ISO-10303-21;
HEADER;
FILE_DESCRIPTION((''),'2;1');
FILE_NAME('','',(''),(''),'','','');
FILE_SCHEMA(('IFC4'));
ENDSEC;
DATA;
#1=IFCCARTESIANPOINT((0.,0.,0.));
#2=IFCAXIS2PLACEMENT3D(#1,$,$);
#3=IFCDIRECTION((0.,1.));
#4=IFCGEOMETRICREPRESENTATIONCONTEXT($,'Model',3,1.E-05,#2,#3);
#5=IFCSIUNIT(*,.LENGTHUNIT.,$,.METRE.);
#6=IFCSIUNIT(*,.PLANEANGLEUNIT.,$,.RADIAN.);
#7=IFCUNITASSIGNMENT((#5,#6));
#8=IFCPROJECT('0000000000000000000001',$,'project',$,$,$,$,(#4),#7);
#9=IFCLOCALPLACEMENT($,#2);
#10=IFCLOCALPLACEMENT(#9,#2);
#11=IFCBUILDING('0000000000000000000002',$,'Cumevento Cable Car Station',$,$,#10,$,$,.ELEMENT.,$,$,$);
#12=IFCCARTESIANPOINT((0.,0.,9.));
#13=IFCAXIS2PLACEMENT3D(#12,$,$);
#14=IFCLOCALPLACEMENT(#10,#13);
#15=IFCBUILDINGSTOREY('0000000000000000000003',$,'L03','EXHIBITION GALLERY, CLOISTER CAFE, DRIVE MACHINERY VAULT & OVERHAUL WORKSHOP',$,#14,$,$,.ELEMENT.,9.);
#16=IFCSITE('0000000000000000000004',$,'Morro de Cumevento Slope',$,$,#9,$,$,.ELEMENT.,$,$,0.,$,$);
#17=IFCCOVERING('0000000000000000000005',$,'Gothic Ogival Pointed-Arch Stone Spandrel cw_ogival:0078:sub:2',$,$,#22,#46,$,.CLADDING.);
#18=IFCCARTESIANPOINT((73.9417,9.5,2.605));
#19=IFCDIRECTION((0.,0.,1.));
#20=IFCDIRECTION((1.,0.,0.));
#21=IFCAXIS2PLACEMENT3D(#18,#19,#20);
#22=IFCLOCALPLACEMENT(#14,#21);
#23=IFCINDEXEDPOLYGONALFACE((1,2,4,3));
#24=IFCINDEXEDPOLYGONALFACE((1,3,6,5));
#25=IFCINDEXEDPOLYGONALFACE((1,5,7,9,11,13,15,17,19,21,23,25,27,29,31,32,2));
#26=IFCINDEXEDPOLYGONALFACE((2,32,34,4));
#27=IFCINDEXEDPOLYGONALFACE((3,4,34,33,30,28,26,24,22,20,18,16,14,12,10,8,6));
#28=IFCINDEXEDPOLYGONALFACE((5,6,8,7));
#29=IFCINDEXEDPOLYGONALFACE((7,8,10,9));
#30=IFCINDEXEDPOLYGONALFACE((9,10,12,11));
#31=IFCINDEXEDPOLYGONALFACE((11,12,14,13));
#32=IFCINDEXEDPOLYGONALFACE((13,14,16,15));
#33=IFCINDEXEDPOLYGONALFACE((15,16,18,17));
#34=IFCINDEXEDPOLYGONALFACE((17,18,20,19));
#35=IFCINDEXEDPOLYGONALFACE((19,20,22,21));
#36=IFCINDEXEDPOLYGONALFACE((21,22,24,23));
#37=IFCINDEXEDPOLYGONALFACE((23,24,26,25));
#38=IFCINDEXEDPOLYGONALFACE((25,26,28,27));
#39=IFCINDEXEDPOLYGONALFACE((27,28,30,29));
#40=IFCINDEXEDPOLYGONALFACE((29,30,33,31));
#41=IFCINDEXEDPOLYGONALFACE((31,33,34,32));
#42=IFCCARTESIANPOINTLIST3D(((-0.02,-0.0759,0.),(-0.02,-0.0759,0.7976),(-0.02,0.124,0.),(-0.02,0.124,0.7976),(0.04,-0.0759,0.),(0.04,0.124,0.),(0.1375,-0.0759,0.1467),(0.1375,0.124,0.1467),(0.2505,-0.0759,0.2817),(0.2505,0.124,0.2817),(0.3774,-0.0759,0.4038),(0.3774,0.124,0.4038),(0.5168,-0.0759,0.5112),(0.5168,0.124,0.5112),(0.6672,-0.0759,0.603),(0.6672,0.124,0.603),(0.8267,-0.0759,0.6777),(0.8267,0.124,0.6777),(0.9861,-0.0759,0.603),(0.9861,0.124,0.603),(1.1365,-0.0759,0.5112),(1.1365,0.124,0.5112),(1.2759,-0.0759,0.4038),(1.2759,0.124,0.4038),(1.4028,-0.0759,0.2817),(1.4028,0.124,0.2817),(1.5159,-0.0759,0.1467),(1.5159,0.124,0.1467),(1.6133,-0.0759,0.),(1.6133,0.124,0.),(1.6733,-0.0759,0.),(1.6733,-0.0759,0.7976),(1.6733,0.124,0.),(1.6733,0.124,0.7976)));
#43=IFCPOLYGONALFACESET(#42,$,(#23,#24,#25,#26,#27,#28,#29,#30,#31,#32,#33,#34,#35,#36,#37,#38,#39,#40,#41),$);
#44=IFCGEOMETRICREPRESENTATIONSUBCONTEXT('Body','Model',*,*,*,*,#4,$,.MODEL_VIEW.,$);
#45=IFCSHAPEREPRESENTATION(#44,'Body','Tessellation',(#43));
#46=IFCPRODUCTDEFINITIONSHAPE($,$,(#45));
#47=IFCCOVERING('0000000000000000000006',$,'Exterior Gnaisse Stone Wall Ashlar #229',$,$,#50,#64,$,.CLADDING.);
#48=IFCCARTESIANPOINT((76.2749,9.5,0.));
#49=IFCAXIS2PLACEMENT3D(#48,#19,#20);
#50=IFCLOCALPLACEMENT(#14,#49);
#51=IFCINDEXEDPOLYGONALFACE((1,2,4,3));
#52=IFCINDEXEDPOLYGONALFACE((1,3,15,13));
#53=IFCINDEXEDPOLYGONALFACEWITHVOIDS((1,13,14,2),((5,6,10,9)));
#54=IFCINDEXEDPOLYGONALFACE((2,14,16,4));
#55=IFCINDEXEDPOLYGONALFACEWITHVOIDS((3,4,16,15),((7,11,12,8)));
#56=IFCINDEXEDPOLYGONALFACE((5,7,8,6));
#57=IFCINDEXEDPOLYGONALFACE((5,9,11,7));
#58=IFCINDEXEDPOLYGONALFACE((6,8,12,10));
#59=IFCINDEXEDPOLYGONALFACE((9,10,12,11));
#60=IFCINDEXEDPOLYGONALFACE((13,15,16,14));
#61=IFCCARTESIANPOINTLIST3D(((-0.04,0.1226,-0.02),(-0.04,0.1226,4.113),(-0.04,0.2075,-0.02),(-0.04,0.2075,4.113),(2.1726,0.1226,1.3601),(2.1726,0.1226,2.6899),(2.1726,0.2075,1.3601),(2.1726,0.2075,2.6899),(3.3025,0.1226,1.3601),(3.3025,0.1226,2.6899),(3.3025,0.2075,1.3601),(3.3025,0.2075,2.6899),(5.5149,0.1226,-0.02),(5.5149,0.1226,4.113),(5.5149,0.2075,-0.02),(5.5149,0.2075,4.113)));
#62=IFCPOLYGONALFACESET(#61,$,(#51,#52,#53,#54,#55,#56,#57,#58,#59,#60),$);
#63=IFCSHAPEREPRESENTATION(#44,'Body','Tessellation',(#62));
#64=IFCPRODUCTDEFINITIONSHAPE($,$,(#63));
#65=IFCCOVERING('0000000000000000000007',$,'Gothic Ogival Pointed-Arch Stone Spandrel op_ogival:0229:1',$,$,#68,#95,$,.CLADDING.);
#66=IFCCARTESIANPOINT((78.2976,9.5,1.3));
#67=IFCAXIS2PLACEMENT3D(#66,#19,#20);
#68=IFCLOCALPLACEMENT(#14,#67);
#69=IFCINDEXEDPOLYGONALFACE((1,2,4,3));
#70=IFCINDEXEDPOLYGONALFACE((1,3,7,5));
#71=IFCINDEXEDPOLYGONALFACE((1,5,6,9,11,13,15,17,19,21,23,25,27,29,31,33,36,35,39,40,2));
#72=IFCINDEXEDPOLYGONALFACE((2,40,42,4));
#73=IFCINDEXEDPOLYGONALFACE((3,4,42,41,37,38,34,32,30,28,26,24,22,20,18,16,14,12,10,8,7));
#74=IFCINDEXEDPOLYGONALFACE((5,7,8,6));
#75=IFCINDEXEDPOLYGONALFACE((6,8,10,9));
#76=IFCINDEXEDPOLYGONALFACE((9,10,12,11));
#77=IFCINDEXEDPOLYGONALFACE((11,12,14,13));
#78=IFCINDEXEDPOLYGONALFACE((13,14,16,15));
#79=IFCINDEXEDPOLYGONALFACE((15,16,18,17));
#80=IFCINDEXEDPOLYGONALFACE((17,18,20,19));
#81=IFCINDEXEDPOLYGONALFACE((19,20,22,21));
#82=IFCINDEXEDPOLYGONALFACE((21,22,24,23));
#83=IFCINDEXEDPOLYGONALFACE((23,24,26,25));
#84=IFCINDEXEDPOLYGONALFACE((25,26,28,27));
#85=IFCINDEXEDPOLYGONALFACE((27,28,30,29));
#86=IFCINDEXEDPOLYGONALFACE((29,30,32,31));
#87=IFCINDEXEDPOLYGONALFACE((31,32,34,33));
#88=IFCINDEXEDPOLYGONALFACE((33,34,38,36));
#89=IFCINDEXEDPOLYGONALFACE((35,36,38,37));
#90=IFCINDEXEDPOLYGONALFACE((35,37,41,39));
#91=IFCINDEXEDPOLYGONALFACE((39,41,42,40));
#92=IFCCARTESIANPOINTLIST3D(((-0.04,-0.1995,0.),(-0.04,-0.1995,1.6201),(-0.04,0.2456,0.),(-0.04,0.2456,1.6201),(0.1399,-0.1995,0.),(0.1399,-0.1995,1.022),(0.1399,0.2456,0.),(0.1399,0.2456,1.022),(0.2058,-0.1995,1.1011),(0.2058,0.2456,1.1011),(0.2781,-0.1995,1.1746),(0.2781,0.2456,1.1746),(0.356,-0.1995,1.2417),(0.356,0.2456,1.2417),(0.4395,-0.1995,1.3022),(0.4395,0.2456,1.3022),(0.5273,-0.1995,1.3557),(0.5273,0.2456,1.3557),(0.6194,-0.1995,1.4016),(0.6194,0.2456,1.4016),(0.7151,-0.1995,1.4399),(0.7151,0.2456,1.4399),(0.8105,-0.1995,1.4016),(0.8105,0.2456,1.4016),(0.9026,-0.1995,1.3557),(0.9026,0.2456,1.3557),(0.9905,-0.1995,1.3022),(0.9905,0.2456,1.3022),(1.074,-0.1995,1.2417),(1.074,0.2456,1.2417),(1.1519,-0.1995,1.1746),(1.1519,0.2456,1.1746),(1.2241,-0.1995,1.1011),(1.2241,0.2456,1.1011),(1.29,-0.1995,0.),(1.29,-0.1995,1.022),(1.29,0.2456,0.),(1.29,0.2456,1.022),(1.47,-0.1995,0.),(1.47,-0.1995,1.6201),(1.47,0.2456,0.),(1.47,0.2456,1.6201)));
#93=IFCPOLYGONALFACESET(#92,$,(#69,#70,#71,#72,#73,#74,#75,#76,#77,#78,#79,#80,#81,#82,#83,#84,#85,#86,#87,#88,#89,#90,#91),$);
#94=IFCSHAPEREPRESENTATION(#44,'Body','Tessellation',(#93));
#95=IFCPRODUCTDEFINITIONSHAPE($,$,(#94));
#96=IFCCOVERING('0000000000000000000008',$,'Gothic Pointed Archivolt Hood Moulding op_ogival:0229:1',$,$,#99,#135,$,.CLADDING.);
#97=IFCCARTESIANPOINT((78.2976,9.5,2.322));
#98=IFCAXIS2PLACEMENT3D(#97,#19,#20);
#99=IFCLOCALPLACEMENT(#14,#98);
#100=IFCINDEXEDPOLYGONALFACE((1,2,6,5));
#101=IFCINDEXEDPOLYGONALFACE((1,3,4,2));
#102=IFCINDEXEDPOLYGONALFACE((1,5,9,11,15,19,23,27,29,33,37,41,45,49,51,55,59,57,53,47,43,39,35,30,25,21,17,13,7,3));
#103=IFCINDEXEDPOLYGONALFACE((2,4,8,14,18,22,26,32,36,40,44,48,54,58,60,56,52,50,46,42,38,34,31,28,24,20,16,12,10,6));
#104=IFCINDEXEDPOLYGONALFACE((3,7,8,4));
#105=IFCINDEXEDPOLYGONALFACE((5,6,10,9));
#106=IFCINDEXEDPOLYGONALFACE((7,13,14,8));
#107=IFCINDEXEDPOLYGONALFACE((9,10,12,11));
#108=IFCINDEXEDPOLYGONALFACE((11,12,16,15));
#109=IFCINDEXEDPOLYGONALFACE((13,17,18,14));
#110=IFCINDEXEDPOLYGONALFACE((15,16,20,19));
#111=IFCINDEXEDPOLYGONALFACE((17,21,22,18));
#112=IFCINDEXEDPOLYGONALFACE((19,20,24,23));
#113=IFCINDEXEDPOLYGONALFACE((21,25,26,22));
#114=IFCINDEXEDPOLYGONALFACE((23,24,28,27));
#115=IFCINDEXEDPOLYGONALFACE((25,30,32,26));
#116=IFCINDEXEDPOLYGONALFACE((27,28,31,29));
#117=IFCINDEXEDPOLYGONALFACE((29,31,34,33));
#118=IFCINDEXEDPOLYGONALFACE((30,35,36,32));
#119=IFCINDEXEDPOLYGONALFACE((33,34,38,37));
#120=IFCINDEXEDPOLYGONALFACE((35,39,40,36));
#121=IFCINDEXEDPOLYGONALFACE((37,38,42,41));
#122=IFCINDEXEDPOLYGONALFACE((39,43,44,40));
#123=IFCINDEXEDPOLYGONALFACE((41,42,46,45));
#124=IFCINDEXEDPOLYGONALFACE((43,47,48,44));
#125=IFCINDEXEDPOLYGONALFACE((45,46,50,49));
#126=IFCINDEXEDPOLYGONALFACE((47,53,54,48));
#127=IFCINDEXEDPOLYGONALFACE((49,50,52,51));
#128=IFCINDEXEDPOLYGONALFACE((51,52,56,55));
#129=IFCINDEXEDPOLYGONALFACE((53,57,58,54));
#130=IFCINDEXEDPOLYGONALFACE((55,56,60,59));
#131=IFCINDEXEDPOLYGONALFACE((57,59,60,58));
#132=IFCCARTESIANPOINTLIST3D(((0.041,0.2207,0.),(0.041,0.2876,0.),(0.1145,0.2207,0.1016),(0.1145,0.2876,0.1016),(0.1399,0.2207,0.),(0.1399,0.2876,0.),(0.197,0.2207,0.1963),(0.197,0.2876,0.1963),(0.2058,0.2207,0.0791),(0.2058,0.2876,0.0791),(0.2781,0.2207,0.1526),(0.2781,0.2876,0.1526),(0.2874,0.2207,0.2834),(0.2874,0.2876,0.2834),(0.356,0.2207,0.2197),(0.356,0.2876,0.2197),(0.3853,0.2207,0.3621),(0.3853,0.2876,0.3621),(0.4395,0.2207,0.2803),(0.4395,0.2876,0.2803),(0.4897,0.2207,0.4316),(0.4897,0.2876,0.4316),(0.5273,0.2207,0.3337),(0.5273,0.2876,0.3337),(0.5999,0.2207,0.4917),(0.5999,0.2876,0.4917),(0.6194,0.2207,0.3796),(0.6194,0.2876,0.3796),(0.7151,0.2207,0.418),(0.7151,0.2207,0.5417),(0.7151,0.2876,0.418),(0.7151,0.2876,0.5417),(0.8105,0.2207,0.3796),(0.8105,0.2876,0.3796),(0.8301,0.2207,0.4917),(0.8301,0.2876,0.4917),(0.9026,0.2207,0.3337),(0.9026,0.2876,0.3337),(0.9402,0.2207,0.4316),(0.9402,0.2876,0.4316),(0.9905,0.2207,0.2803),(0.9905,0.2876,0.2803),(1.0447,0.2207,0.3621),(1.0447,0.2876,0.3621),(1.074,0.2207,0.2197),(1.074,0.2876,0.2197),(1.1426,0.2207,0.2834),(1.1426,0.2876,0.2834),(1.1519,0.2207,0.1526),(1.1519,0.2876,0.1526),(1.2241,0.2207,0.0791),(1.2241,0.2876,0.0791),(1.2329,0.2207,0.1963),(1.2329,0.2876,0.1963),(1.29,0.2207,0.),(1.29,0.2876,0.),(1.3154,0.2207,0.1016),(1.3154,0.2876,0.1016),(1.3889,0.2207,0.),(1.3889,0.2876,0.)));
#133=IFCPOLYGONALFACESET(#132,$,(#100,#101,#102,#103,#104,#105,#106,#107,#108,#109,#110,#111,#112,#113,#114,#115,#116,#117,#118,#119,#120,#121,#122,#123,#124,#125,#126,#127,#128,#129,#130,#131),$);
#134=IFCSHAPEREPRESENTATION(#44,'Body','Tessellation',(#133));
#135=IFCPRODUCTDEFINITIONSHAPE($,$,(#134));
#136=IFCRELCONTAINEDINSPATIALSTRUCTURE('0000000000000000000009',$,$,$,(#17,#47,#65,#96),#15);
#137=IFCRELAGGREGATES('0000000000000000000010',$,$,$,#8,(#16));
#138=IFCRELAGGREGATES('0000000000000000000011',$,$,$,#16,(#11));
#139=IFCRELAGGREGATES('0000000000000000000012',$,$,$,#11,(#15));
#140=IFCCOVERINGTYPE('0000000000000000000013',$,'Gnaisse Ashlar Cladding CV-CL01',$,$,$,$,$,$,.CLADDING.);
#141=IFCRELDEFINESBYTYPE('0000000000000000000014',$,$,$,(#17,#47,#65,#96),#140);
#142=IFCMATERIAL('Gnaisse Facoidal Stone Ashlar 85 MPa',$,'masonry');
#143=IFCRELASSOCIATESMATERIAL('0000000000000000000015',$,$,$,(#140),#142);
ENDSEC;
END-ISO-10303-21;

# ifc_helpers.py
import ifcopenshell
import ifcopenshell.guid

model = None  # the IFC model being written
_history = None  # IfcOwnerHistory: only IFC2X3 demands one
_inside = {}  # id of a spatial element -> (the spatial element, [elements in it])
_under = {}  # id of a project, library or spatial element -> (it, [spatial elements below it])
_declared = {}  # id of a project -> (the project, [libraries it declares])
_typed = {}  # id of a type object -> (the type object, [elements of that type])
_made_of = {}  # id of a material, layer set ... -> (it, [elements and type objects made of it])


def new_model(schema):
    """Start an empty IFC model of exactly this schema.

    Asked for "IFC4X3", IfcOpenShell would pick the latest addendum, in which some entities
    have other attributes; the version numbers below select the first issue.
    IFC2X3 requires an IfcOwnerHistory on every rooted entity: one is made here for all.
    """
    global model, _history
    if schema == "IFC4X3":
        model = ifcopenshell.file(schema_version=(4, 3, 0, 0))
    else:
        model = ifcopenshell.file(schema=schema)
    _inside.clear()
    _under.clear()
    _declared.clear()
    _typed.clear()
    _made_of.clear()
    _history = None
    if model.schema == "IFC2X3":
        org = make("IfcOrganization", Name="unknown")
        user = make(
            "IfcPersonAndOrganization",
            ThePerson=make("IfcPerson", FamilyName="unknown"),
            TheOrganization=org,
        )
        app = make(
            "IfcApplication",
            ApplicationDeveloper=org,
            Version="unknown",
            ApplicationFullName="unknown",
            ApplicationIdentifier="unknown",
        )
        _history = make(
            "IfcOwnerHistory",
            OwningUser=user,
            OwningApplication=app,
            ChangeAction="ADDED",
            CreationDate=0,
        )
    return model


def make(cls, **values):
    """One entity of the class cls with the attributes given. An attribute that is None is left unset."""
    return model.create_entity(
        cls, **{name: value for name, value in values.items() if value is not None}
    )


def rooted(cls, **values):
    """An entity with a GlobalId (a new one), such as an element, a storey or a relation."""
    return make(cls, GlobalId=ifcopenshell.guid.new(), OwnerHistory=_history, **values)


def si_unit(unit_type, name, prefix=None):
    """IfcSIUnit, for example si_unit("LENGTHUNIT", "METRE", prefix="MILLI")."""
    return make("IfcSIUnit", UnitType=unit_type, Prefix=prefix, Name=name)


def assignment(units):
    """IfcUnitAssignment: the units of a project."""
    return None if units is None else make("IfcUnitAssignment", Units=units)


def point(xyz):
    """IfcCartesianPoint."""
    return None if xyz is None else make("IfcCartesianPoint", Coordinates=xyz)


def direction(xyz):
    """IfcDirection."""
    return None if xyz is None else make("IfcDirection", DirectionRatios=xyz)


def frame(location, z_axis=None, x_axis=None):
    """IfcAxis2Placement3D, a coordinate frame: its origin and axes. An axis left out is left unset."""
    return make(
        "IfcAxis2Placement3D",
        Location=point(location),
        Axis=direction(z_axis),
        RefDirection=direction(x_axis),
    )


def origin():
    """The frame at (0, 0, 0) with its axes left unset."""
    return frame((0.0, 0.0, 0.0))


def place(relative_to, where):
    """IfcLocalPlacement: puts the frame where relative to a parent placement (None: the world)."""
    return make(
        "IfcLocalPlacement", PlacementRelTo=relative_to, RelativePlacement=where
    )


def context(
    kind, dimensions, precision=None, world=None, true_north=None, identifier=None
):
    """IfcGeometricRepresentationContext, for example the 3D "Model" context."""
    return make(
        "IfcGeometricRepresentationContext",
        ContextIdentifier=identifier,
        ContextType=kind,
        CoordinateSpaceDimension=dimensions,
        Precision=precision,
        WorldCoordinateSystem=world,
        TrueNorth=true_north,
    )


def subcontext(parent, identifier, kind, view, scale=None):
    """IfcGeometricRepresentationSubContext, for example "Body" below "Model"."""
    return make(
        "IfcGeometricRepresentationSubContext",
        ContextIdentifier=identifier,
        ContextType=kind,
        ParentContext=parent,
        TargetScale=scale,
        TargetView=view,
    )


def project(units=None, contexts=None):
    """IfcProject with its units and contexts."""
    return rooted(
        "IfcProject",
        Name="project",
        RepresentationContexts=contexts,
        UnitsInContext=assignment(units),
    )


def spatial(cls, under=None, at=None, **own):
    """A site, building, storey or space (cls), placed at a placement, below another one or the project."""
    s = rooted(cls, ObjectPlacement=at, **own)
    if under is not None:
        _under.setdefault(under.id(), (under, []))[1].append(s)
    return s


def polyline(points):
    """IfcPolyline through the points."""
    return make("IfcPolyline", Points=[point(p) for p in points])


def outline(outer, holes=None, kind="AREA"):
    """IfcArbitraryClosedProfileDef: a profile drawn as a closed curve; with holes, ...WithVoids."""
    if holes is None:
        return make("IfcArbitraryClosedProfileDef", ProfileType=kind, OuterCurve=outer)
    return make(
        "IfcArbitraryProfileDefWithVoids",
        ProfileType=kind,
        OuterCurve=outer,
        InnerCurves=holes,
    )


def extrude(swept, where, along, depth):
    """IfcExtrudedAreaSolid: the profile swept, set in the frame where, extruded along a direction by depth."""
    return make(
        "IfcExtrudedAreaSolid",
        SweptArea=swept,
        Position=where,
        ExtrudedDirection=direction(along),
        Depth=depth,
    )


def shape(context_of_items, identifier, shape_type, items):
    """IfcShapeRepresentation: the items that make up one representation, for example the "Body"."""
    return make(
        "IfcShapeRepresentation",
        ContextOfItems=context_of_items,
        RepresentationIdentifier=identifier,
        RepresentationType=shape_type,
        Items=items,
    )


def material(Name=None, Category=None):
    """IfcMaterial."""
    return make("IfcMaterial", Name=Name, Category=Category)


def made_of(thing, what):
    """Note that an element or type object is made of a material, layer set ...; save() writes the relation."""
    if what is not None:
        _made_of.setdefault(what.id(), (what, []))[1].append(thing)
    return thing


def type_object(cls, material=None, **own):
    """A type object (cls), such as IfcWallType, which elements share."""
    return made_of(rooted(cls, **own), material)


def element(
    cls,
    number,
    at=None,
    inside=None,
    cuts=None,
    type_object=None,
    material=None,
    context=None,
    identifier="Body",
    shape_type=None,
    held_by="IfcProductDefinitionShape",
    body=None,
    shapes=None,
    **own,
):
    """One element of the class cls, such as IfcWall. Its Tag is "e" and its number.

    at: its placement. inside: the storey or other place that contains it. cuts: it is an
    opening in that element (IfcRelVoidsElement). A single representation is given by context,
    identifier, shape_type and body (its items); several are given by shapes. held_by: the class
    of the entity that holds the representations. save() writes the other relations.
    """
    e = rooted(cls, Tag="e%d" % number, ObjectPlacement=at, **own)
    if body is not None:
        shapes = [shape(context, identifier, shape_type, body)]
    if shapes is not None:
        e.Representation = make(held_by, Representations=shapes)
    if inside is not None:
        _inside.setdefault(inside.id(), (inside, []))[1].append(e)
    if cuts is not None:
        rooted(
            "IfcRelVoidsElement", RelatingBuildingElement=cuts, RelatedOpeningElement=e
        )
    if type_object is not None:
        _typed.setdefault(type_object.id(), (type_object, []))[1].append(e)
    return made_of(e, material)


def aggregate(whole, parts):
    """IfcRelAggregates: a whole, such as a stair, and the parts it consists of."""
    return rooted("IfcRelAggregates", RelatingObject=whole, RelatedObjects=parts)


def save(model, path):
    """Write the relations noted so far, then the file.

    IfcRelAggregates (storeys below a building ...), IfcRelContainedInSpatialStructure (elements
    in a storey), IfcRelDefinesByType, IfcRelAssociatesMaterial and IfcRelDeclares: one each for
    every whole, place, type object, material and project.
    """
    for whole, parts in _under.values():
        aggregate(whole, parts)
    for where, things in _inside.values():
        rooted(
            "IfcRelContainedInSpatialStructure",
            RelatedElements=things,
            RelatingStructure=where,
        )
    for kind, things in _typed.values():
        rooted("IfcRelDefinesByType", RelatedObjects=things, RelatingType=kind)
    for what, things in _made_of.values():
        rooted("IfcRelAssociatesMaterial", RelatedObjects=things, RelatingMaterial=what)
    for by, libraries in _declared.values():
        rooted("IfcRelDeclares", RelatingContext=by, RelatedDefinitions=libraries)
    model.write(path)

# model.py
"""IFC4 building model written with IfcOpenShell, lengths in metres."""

from ifc_helpers import new_model, si_unit, direction, frame, origin, place, context, subcontext, project, spatial, polyline, outline, extrude, material, type_object, element, save


model = new_model("IFC4")

# Units and contexts
model_context = context("Model", 3, precision=1e-05, world=origin(), true_north=direction((0.0, 1.0)))
body_context = subcontext(model_context, "Body", "Model", "MODEL_VIEW")
ifc_project = project(units=[si_unit("LENGTHUNIT", "METRE"), si_unit("PLANEANGLEUNIT", "RADIAN")], contexts=[model_context])

# Site, building, storey
site_placement = place(None, origin())
site = spatial("IfcSite", under=ifc_project, at=site_placement, Name="Morro de Cumevento Slope", CompositionType="ELEMENT", RefElevation=0.0)
building_placement = place(site_placement, origin())
building = spatial("IfcBuilding", under=site, at=building_placement, Name="Cumevento Cable Car Station", CompositionType="ELEMENT")
storey_placement = place(building_placement, frame((0.0, 0.0, 9.0)))
storey = spatial("IfcBuildingStorey", under=building, at=storey_placement, Name="L03", Description="EXHIBITION GALLERY, CLOISTER CAFE, DRIVE MACHINERY VAULT & OVERHAUL WORKSHOP", CompositionType="ELEMENT", Elevation=9.0)

# Coverings
ifc_material_1 = material(Name="Gnaisse Facoidal Stone Ashlar 85 MPa", Category="masonry")
covering_type = type_object("IfcCoveringType", Name="Gnaisse Ashlar Cladding CV-CL01", PredefinedType="CLADDING", material=ifc_material_1)
covering_1_placement = place(storey_placement, frame((73.9417, 9.5, 2.605), z_axis=(0.0, 0.0, 1.0), x_axis=(1.0, 0.0, 0.0)))
element("IfcCovering", 1, at=covering_1_placement, inside=storey, type_object=covering_type, Name="Gothic Ogival Pointed-Arch Stone Spandrel cw_ogival:0078:sub:2", PredefinedType="CLADDING", context=body_context, shape_type="SweptSolid", body=[
    extrude(outline(polyline([(-0.02, 0.0), (-0.02, 0.7976), (1.6733, 0.7976), (1.6733, 0.0), (1.6133, 0.0), (1.5159, 0.1467), (1.4028, 0.2817), (1.2759, 0.4038), (1.1365, 0.5112), (0.9861, 0.603), (0.8267, 0.6777), (0.6672, 0.603), (0.5168, 0.5112), (0.3774, 0.4038), (0.2505, 0.2817), (0.1375, 0.1467), (0.04, 0.0), (-0.02, 0.0)])), frame((0.0, 0.124, 0.0), z_axis=(0.0, -1.0, 0.0), x_axis=(1.0, 0.0, 0.0)), (0.0, 0.0, 1.0), 0.2),
])
covering_2_placement = place(storey_placement, frame((76.2749, 9.5, 0.0), z_axis=(0.0, 0.0, 1.0), x_axis=(1.0, 0.0, 0.0)))
element("IfcCovering", 2, at=covering_2_placement, inside=storey, type_object=covering_type, Name="Exterior Gnaisse Stone Wall Ashlar #229", PredefinedType="CLADDING", context=body_context, shape_type="SweptSolid", body=[
    extrude(outline(polyline([(-0.04, -0.02), (5.5149, -0.02), (5.5149, 4.113), (-0.04, 4.113), (-0.04, -0.02)]), holes=[polyline([(2.1726, 1.3601), (3.3025, 1.3601), (3.3025, 2.6899), (2.1726, 2.6899), (2.1726, 1.3601)])]), frame((0.0, 0.2075, 0.0), z_axis=(0.0, -1.0, 0.0), x_axis=(1.0, 0.0, 0.0)), (0.0, 0.0, 1.0), 0.085),
])
covering_3_placement = place(storey_placement, frame((78.2976, 9.5, 1.3), z_axis=(0.0, 0.0, 1.0), x_axis=(1.0, 0.0, 0.0)))
element("IfcCovering", 3, at=covering_3_placement, inside=storey, type_object=covering_type, Name="Gothic Ogival Pointed-Arch Stone Spandrel op_ogival:0229:1", PredefinedType="CLADDING", context=body_context, shape_type="SweptSolid", body=[
    extrude(outline(polyline([(-0.04, 0.0), (-0.04, 1.6201), (1.47, 1.6201), (1.47, 0.0), (1.29, 0.0), (1.29, 1.022), (1.2241, 1.1011), (1.1519, 1.1746), (1.074, 1.2417), (0.9905, 1.3022), (0.9026, 1.3557), (0.8105, 1.4016), (0.7151, 1.4399), (0.6194, 1.4016), (0.5273, 1.3557), (0.4395, 1.3022), (0.356, 1.2417), (0.2781, 1.1746), (0.2058, 1.1011), (0.1399, 1.022), (0.1399, 0.0), (-0.04, 0.0)])), frame((0.0, 0.2456, 0.0), z_axis=(0.0, -1.0, 0.0), x_axis=(1.0, 0.0, 0.0)), (0.0, 0.0, 1.0), 0.4451),
])
covering_4_placement = place(storey_placement, frame((78.2976, 9.5, 2.322), z_axis=(0.0, 0.0, 1.0), x_axis=(1.0, 0.0, 0.0)))
element("IfcCovering", 4, at=covering_4_placement, inside=storey, type_object=covering_type, Name="Gothic Pointed Archivolt Hood Moulding op_ogival:0229:1", PredefinedType="CLADDING", context=body_context, shape_type="SweptSolid", body=[
    extrude(outline(polyline([(0.1399, 0.0), (0.2058, 0.0791), (0.2781, 0.1526), (0.356, 0.2197), (0.4395, 0.2803), (0.5273, 0.3337), (0.6194, 0.3796), (0.7151, 0.418), (0.8105, 0.3796), (0.9026, 0.3337), (0.9905, 0.2803), (1.074, 0.2197), (1.1519, 0.1526), (1.2241, 0.0791), (1.29, 0.0), (1.3889, 0.0), (1.3154, 0.1016), (1.2329, 0.1963), (1.1426, 0.2834), (1.0447, 0.3621), (0.9402, 0.4316), (0.8301, 0.4917), (0.7151, 0.5417), (0.5999, 0.4917), (0.4897, 0.4316), (0.3853, 0.3621), (0.2874, 0.2834), (0.197, 0.1963), (0.1145, 0.1016), (0.041, 0.0), (0.1399, 0.0)])), frame((0.0, 0.2876, 0.0), z_axis=(0.0, -1.0, 0.0), x_axis=(1.0, 0.0, 0.0)), (0.0, 0.0, 1.0), 0.0669),
])

save(model, "model.ifc")
